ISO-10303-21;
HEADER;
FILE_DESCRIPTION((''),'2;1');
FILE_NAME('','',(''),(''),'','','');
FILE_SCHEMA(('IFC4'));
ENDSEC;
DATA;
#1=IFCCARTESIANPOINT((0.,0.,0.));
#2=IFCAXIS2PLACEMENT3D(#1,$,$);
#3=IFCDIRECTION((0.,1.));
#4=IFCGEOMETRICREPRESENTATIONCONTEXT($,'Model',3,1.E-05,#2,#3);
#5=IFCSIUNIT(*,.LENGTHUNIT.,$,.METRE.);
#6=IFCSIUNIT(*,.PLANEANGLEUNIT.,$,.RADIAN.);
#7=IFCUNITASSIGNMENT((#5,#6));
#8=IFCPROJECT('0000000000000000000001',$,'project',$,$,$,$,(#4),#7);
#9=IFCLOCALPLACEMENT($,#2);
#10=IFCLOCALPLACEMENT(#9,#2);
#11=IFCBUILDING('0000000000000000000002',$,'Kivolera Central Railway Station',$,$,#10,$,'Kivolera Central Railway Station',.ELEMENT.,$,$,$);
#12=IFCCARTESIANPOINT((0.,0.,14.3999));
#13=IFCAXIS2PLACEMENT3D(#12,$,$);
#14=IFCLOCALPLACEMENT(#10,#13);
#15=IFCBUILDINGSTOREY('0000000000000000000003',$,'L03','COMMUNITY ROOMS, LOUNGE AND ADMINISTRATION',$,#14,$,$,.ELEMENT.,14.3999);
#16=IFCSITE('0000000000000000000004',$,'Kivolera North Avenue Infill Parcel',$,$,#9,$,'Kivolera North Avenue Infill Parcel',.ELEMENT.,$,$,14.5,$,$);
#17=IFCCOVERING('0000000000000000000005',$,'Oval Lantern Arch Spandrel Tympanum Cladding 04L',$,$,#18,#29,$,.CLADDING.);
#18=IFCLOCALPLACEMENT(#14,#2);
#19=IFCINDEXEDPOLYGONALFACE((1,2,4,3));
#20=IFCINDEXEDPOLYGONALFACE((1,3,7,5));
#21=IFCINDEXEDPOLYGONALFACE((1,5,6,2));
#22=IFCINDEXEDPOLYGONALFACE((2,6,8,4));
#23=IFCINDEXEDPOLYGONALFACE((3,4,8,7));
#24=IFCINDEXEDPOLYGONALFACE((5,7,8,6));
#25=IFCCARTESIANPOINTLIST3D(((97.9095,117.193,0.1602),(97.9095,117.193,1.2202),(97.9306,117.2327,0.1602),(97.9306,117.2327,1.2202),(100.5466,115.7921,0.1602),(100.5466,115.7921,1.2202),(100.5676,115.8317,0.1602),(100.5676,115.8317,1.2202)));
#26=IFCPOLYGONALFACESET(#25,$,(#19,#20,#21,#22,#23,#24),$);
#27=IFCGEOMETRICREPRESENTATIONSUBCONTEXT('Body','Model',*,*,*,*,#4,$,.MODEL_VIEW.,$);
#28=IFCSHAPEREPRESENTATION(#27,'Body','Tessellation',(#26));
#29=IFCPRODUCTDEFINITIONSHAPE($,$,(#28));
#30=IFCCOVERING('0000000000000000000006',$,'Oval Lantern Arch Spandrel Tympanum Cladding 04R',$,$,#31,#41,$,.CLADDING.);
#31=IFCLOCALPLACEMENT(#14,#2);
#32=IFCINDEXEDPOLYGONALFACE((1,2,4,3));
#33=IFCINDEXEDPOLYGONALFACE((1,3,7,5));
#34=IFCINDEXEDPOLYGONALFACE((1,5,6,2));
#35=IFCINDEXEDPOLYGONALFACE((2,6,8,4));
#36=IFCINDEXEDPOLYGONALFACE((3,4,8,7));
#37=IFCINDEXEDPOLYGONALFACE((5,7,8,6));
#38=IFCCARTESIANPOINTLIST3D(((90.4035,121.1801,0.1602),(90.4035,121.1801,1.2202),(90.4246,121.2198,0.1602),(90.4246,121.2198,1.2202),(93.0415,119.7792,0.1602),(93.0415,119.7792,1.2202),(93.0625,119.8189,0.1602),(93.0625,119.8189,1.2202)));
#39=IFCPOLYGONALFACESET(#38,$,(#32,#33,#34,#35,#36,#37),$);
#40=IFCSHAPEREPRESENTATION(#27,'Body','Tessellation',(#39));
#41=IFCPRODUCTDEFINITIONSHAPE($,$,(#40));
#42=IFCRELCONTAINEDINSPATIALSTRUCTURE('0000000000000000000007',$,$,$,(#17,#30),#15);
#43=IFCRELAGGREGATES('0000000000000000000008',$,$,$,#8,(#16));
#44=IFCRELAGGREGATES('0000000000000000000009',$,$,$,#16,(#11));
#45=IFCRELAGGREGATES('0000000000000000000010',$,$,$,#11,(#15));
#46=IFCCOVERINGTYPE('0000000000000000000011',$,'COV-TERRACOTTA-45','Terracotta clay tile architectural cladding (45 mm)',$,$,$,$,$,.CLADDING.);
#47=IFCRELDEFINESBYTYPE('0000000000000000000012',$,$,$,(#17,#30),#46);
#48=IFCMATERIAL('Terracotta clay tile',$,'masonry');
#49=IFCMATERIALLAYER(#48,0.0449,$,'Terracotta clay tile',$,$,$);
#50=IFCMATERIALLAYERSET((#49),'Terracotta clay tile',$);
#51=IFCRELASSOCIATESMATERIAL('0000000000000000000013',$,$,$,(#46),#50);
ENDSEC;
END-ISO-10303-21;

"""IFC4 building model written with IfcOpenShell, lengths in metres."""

from ifc_helpers import new_model, si_unit, direction, frame, frame_2d, origin, place, context, subcontext, project, spatial, rectangle, extrude, material, layer, layer_set, type_object, element, save


model = new_model("IFC4")

# Units and contexts
model_context = context("Model", 3, precision=1e-05, world=origin(), true_north=direction((0.0, 1.0)))
body_context = subcontext(model_context, "Body", "Model", "MODEL_VIEW")
ifc_project = project(units=[si_unit("LENGTHUNIT", "METRE"), si_unit("PLANEANGLEUNIT", "RADIAN")], contexts=[model_context])

# Site, building, storey
site_placement = place(None, origin())
site = spatial("IfcSite", under=ifc_project, at=site_placement, Name="Kivolera North Avenue Infill Parcel", LongName="Kivolera North Avenue Infill Parcel", CompositionType="ELEMENT", RefElevation=14.5)
building_placement = place(site_placement, origin())
building = spatial("IfcBuilding", under=site, at=building_placement, Name="Kivolera Central Railway Station", LongName="Kivolera Central Railway Station", CompositionType="ELEMENT")
storey_placement = place(building_placement, frame((0.0, 0.0, 14.3999)))
storey = spatial("IfcBuildingStorey", under=building, at=storey_placement, Name="L03", Description="COMMUNITY ROOMS, LOUNGE AND ADMINISTRATION", CompositionType="ELEMENT", Elevation=14.3999)

# Coverings
ifc_material_1 = material(Name="Terracotta clay tile", Category="masonry")
ifc_layer_1 = layer(ifc_material_1, 0.0449, Name="Terracotta clay tile")
ifc_layer_set_1 = layer_set([ifc_layer_1], Name="Terracotta clay tile")
covering_type_1 = type_object("IfcCoveringType", Name="COV-TERRACOTTA-45", Description="Terracotta clay tile architectural cladding (45 mm)", PredefinedType="CLADDING", material=ifc_layer_set_1)
covering_1_placement = place(storey_placement, frame((97.9199, 117.2129, 0.1602), z_axis=(0.0, 0.0, 1.0), x_axis=(0.883117, -0.469153, 0.0)))
element("IfcCovering", 1, at=covering_1_placement, inside=storey, type_object=covering_type_1, Name="Oval Lantern Arch Spandrel Tympanum Cladding 04L", PredefinedType="CLADDING", context=body_context, shape_type="SweptSolid", body=[
    extrude(rectangle(XDim=2.9861, YDim=0.0449, at=frame_2d((1.4932, 0.0))), origin(), (0.0, 0.0, 1.0), 1.0601),
])
covering_2_placement = place(storey_placement, frame((90.4141, 121.2, 0.1602), z_axis=(0.0, 0.0, 1.0), x_axis=(0.883189, -0.469018, 0.0)))
element("IfcCovering", 2, at=covering_2_placement, inside=storey, type_object=covering_type_1, Name="Oval Lantern Arch Spandrel Tympanum Cladding 04R", PredefinedType="CLADDING", context=body_context, shape_type="SweptSolid", body=[
    extrude(rectangle(XDim=2.9868, YDim=0.0449, at=frame_2d((1.4934, 0.0))), origin(), (0.0, 0.0, 1.0), 1.0601),
])

save(model, "model.ifc")
